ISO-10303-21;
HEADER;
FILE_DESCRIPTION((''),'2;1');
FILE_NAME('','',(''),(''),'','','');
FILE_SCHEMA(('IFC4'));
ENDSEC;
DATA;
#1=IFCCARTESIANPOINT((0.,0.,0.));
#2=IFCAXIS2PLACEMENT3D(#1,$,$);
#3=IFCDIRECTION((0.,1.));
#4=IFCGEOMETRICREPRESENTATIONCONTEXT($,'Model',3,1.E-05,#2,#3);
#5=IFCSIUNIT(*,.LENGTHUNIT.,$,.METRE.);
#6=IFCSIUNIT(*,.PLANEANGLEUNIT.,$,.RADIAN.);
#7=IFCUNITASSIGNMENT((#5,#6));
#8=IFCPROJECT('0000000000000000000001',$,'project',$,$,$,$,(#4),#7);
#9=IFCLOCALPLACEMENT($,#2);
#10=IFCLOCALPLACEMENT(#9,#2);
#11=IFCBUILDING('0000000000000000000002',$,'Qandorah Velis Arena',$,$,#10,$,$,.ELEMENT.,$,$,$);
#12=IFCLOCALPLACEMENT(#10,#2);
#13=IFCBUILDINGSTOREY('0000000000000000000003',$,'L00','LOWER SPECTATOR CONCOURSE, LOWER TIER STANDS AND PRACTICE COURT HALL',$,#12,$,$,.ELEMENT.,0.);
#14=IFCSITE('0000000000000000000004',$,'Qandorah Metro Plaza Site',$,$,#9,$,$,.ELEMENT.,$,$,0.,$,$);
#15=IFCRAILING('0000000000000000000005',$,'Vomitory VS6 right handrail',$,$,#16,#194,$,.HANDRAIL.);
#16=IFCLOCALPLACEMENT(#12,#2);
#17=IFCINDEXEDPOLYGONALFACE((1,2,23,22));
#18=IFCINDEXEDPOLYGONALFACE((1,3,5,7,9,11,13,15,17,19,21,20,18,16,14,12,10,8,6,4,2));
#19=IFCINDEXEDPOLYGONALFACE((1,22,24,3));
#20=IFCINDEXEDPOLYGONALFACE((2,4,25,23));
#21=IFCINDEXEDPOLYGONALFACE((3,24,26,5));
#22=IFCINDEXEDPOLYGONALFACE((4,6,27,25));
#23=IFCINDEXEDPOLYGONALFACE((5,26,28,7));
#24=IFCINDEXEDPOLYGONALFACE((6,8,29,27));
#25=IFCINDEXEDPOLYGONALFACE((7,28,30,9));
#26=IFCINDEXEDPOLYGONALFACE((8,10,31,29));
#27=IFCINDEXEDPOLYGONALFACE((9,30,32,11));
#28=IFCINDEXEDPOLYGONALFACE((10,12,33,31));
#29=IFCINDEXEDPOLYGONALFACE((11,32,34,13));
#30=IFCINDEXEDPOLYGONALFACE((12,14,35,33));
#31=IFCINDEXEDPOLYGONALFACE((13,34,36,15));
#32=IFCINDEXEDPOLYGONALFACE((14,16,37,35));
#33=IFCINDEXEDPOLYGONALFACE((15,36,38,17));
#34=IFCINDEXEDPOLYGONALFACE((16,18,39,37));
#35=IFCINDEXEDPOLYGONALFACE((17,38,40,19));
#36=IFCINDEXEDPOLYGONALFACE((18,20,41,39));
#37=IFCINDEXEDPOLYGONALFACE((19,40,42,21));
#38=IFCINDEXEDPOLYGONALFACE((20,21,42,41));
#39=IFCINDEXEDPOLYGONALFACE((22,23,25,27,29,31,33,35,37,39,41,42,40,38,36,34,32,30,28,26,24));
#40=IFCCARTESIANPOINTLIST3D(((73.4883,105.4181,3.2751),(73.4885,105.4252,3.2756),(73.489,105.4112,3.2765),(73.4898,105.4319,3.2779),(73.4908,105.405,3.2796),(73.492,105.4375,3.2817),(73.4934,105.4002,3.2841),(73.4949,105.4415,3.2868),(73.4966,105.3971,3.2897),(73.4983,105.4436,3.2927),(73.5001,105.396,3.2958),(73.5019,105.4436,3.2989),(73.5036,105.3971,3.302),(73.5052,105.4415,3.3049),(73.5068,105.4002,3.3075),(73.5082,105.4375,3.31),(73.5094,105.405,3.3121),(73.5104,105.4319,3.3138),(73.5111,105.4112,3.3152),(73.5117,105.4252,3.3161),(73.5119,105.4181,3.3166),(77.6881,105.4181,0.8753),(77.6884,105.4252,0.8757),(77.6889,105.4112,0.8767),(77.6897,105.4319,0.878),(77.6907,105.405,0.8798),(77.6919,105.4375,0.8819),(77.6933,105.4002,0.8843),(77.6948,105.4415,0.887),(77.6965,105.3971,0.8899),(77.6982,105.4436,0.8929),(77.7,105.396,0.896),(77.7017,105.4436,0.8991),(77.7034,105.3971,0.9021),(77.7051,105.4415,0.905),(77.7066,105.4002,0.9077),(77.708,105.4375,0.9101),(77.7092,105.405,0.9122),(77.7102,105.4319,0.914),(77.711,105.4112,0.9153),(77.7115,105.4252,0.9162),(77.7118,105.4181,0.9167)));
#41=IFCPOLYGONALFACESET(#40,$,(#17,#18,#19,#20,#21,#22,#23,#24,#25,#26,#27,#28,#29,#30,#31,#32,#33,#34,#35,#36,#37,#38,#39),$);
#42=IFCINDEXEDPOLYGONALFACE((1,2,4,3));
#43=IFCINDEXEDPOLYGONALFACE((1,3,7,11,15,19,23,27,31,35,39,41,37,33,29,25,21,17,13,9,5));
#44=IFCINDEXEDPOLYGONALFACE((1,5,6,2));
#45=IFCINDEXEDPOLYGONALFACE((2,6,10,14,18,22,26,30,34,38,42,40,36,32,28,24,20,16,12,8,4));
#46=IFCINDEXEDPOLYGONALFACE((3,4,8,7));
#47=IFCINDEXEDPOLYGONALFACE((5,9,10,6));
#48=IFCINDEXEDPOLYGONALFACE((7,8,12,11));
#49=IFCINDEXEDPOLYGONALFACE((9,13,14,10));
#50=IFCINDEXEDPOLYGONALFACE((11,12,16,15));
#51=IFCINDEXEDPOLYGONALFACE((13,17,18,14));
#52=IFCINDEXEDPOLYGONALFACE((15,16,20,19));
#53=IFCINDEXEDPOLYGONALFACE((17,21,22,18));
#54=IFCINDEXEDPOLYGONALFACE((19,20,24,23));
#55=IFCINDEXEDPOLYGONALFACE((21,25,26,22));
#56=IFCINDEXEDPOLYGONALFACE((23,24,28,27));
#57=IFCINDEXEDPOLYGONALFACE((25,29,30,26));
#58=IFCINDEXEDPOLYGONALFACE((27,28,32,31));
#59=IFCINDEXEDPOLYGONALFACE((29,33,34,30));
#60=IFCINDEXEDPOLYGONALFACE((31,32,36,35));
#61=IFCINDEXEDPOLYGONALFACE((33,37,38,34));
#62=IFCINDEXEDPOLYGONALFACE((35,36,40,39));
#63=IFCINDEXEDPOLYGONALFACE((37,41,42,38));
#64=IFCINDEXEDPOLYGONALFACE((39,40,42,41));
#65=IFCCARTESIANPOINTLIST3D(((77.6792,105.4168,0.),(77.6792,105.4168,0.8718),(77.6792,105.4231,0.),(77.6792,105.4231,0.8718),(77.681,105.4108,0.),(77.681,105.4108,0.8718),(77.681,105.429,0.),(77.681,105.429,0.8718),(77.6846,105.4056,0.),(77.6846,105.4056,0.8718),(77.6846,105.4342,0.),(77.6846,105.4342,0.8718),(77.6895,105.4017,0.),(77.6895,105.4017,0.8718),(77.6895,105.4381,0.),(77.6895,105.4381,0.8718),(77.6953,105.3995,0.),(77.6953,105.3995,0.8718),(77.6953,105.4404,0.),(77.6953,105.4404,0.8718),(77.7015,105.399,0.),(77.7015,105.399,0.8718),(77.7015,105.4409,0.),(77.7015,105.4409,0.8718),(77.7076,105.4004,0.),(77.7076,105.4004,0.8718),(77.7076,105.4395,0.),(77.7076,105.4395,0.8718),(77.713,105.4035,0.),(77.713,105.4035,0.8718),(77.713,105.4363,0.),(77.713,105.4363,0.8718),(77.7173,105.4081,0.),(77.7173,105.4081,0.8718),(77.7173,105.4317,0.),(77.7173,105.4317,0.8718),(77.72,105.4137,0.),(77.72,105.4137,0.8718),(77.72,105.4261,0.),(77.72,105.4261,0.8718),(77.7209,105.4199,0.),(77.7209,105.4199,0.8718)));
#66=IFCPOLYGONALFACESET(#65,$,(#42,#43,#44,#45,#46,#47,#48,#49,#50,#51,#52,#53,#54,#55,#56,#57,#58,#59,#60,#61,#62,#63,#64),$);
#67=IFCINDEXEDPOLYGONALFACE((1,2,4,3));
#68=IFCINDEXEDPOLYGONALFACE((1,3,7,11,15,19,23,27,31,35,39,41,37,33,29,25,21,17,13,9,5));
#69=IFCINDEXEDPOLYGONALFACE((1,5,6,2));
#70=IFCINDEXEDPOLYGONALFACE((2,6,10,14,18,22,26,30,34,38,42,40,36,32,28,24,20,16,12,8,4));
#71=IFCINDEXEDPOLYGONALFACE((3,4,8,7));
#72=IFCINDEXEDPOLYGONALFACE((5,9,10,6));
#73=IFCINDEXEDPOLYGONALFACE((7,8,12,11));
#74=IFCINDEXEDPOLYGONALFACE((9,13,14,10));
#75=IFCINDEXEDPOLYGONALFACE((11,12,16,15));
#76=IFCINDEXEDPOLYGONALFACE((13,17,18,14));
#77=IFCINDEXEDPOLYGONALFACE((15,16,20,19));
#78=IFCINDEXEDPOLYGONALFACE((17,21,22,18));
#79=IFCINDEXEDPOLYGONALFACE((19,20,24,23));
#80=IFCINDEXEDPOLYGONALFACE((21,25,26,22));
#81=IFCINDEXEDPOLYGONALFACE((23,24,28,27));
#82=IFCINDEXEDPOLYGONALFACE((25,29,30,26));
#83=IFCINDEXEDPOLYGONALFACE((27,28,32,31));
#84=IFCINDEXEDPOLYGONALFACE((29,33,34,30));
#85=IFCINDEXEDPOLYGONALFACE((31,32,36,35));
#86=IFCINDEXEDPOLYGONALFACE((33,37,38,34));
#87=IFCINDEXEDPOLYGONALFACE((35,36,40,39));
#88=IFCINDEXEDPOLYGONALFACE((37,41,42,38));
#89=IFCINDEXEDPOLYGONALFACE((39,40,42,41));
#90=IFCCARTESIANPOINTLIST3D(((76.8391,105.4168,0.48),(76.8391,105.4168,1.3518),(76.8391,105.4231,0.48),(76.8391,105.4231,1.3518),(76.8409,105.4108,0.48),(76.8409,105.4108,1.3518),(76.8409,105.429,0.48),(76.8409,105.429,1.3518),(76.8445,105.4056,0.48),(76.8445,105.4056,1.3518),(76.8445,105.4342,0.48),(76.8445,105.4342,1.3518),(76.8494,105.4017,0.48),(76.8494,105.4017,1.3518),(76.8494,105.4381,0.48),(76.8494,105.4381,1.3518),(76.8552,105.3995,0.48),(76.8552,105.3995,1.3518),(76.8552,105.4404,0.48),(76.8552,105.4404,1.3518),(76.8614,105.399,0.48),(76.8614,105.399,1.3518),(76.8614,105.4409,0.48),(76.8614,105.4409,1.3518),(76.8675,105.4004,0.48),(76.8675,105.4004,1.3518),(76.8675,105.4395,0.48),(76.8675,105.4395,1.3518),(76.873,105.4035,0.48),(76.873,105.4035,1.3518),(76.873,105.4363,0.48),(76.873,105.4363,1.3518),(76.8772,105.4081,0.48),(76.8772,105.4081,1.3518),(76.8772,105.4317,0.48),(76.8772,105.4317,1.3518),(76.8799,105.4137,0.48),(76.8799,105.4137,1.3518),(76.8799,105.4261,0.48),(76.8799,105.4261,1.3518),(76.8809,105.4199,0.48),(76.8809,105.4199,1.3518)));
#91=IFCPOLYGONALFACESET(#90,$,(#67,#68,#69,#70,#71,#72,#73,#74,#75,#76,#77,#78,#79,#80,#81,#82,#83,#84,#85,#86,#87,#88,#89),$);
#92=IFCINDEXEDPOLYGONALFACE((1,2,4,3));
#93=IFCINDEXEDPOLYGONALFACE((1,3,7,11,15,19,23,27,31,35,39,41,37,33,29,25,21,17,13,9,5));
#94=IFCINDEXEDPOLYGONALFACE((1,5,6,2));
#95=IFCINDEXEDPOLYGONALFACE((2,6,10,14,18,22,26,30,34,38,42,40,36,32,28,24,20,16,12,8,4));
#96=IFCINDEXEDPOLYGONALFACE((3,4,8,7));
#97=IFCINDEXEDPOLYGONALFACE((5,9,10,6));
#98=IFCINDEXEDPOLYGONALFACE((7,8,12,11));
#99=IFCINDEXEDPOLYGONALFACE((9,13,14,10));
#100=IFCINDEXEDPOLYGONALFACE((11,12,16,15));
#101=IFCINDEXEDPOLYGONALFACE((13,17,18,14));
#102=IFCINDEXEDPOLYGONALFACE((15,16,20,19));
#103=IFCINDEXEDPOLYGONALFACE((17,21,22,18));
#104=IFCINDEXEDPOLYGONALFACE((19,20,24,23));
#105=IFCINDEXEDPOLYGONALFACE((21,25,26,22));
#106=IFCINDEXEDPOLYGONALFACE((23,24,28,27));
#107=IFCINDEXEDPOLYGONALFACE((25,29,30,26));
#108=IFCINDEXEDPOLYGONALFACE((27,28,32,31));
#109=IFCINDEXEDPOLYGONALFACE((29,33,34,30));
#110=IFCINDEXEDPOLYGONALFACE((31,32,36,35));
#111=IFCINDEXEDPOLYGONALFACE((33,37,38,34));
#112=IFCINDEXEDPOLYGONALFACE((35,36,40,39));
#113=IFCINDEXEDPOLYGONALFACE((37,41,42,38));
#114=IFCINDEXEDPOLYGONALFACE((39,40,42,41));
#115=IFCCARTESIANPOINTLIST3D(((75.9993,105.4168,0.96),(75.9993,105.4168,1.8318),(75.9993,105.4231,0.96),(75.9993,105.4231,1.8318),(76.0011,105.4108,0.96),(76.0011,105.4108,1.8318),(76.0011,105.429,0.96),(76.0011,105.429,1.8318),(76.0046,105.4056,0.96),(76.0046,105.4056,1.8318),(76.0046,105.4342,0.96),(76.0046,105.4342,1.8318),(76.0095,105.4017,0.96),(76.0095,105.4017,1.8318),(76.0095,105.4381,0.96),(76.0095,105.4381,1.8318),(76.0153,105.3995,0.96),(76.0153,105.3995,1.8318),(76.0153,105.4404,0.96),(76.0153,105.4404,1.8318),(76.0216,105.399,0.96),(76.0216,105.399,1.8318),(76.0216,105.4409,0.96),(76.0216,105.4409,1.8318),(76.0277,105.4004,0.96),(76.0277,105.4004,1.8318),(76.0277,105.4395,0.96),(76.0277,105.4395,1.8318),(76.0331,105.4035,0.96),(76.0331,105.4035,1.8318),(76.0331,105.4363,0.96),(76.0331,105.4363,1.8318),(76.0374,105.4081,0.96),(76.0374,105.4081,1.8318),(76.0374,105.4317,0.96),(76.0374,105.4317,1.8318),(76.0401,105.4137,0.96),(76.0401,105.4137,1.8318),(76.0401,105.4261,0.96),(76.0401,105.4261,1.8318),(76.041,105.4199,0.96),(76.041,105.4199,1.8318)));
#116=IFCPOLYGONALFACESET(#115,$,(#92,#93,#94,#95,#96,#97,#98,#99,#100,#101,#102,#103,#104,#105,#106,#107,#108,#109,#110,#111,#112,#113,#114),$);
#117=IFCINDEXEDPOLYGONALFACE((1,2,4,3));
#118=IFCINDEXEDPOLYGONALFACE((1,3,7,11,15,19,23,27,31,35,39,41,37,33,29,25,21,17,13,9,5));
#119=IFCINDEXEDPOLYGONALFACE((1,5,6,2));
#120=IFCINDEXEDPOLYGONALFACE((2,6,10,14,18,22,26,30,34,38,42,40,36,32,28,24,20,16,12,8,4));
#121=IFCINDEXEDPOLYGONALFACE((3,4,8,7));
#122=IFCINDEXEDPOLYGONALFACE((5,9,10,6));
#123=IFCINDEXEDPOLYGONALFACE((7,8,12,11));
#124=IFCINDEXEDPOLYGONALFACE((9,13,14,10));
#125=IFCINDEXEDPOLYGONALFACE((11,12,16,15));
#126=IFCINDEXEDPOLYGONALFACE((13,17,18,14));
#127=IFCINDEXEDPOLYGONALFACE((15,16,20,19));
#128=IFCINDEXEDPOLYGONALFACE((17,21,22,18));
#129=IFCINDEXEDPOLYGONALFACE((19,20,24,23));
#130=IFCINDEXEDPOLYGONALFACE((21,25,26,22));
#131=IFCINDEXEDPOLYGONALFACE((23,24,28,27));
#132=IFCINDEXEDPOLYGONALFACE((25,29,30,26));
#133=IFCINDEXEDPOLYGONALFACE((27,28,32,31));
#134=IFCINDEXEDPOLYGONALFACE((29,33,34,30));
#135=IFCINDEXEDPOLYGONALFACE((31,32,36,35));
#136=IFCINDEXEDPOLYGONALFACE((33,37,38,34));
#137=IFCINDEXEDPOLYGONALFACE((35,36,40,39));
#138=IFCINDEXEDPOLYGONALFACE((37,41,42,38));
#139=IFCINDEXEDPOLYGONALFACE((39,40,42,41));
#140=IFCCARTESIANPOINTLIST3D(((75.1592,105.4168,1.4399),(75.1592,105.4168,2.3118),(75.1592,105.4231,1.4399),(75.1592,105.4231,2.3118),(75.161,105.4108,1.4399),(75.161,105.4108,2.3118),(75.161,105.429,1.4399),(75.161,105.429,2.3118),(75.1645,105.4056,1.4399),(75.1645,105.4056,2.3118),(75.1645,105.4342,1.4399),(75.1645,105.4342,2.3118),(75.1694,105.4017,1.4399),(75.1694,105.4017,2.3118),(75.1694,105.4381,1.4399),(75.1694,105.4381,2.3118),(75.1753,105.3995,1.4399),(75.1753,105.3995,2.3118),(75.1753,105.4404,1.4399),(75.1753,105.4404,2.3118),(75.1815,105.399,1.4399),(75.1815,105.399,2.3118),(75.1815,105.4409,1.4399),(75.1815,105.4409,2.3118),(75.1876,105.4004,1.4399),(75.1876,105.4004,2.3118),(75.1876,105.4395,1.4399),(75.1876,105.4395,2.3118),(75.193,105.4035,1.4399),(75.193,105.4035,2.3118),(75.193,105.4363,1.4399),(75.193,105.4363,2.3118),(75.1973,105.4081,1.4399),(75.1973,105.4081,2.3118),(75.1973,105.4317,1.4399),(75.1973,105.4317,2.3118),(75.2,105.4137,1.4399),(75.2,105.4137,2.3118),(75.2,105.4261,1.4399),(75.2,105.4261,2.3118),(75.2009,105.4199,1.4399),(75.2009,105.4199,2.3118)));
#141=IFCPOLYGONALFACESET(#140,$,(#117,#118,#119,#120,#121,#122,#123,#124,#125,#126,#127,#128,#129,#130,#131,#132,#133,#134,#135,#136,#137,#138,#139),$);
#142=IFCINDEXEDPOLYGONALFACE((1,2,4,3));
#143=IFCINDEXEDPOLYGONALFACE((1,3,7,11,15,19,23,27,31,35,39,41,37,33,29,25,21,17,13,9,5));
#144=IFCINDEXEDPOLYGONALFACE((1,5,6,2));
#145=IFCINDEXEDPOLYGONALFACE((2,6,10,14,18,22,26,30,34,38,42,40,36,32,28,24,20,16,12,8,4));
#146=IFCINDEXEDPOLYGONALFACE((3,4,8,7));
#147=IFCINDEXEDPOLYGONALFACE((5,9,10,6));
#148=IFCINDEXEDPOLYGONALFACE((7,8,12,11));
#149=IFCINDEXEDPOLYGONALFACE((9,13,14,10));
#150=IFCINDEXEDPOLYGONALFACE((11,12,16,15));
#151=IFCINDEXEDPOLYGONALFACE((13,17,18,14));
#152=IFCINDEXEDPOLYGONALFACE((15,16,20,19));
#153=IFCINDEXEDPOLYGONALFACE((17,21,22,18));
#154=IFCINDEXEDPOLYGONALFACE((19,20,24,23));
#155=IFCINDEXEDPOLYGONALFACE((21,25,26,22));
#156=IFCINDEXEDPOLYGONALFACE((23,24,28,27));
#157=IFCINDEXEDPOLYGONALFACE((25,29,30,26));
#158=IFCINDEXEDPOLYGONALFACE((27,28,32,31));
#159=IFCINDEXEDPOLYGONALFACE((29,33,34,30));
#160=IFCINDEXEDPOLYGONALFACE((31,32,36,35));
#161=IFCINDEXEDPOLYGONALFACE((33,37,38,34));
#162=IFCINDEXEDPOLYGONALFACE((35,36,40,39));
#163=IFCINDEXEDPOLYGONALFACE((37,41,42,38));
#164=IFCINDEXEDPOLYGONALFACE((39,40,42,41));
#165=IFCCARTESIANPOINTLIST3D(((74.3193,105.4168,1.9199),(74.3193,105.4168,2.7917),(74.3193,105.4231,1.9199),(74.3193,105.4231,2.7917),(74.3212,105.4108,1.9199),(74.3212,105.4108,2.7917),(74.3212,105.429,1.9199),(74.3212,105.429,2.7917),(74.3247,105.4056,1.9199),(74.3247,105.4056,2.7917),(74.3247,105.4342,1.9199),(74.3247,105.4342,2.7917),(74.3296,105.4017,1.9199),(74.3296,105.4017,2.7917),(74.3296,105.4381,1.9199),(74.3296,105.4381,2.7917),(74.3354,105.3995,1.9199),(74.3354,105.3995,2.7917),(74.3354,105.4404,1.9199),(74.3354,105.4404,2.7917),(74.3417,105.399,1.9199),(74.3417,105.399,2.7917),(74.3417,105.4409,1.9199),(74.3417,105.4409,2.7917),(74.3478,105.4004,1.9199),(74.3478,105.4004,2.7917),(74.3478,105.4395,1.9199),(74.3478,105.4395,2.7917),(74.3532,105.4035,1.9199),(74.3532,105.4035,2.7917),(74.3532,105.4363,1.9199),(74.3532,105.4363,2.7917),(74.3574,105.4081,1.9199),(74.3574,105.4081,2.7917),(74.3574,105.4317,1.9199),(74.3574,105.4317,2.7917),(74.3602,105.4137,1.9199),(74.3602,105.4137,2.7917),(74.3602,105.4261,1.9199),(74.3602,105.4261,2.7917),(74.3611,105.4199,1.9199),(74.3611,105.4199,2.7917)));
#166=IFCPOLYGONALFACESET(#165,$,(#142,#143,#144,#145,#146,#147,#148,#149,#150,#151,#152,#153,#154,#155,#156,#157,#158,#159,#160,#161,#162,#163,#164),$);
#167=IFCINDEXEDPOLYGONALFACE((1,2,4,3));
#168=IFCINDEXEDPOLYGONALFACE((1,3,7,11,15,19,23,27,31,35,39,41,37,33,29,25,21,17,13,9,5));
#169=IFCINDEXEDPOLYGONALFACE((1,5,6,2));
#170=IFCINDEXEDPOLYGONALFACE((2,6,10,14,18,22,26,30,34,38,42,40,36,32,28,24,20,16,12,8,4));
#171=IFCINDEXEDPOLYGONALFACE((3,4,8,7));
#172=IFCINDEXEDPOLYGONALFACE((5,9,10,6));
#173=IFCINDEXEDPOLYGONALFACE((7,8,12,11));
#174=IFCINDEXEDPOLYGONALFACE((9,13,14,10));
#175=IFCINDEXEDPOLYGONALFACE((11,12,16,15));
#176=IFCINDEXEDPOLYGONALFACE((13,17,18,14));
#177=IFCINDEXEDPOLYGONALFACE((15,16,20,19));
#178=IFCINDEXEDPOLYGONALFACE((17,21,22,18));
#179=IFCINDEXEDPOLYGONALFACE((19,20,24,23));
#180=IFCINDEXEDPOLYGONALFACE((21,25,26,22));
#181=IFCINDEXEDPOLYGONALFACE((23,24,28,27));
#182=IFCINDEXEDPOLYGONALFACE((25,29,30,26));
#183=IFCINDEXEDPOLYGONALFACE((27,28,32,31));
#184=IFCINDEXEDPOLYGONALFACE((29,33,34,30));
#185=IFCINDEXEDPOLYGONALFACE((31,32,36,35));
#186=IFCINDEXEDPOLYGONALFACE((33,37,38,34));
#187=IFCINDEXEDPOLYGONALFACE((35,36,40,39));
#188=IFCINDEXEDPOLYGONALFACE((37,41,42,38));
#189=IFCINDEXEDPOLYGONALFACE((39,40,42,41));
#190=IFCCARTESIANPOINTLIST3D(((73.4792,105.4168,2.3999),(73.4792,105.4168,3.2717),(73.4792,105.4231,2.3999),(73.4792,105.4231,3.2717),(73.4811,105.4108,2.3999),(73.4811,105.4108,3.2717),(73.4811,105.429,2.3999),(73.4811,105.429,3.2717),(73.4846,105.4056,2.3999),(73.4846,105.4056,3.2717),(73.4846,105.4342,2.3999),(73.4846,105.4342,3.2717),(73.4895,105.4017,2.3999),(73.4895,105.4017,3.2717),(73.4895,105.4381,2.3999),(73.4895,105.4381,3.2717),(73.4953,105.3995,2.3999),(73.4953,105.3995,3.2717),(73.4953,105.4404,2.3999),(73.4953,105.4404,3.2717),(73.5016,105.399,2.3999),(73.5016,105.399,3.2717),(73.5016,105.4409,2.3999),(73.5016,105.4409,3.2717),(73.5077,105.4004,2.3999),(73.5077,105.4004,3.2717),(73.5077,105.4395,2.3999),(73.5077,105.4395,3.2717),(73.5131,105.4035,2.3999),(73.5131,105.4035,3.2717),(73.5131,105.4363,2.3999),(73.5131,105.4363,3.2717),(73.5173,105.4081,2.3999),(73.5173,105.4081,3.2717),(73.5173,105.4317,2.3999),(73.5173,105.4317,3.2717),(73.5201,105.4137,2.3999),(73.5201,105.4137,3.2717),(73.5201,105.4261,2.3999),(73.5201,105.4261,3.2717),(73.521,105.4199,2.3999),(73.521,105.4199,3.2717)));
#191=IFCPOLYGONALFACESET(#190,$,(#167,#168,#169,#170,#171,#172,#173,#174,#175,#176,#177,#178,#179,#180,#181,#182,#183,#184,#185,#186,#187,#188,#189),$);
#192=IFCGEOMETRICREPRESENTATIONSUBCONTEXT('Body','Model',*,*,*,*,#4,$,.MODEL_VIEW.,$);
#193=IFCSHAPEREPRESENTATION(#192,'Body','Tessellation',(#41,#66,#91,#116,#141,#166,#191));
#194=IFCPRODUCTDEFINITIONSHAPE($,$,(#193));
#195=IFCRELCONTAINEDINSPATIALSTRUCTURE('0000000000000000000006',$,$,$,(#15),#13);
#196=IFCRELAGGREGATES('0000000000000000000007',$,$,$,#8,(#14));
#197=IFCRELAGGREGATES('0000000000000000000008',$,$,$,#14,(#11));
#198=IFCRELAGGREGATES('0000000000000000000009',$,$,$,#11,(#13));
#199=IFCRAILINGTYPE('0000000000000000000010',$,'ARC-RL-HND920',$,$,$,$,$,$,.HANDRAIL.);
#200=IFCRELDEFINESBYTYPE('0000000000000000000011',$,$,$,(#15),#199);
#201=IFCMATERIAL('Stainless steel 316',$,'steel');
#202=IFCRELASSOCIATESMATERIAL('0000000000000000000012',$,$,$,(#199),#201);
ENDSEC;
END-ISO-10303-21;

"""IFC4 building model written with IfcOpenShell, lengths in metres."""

from ifc_helpers import new_model, si_unit, direction, frame, origin, origin_2d, place, context, subcontext, project, spatial, circle, extrude, material, type_object, element, save


model = new_model("IFC4")

# Units and contexts
model_context = context("Model", 3, precision=1e-05, world=origin(), true_north=direction((0.0, 1.0)))
body_context = subcontext(model_context, "Body", "Model", "MODEL_VIEW")
ifc_project = project(units=[si_unit("LENGTHUNIT", "METRE"), si_unit("PLANEANGLEUNIT", "RADIAN")], contexts=[model_context])

# Site, building, storey
site_placement = place(None, origin())
site = spatial("IfcSite", under=ifc_project, at=site_placement, Name="Qandorah Metro Plaza Site", CompositionType="ELEMENT", RefElevation=0.0)
building_placement = place(site_placement, origin())
building = spatial("IfcBuilding", under=site, at=building_placement, Name="Qandorah Velis Arena", CompositionType="ELEMENT")
storey_placement = place(building_placement, origin())
storey = spatial("IfcBuildingStorey", under=building, at=storey_placement, Name="L00", Description="LOWER SPECTATOR CONCOURSE, LOWER TIER STANDS AND PRACTICE COURT HALL", CompositionType="ELEMENT", Elevation=0.0)

# Railing
ifc_material_1 = material(Name="Stainless steel 316", Category="steel")
railing_type_1 = type_object("IfcRailingType", Name="ARC-RL-HND920", PredefinedType="HANDRAIL", material=ifc_material_1)
for number, where, name in (
    (1, (77.7, 105.4199, 0.0), "Vomitory VS6 right handrail"),
):
    element("IfcRailing", number, at=place(storey_placement, frame(where)), inside=storey, type_object=railing_type_1, Name=name, PredefinedType="HANDRAIL", context=body_context, shape_type="SweptSolid", body=[
        extrude(circle(Radius=0.0239, at=origin_2d()), frame((0.0, 0.0, 0.896), z_axis=(-0.868249, 0.0, 0.496128), x_axis=(0.0, -1.0, 0.0)), (0.0, 0.0, 1.0), 4.8372),
        extrude(circle(Radius=0.021, at=origin_2d()), origin(), (0.0, 0.0, 1.0), 0.8718),
        extrude(circle(Radius=0.021, at=origin_2d()), frame((-0.8401, 0.0, 0.48)), (0.0, 0.0, 1.0), 0.8718),
        extrude(circle(Radius=0.021, at=origin_2d()), frame((-1.6799, 0.0, 0.96)), (0.0, 0.0, 1.0), 0.8718),
        extrude(circle(Radius=0.021, at=origin_2d()), frame((-2.52, 0.0, 1.4399)), (0.0, 0.0, 1.0), 0.8718),
        extrude(circle(Radius=0.021, at=origin_2d()), frame((-3.3599, 0.0, 1.9199)), (0.0, 0.0, 1.0), 0.8718),
        extrude(circle(Radius=0.021, at=origin_2d()), frame((-4.2, 0.0, 2.3999)), (0.0, 0.0, 1.0), 0.8718),
    ])

save(model, "model.ifc")
